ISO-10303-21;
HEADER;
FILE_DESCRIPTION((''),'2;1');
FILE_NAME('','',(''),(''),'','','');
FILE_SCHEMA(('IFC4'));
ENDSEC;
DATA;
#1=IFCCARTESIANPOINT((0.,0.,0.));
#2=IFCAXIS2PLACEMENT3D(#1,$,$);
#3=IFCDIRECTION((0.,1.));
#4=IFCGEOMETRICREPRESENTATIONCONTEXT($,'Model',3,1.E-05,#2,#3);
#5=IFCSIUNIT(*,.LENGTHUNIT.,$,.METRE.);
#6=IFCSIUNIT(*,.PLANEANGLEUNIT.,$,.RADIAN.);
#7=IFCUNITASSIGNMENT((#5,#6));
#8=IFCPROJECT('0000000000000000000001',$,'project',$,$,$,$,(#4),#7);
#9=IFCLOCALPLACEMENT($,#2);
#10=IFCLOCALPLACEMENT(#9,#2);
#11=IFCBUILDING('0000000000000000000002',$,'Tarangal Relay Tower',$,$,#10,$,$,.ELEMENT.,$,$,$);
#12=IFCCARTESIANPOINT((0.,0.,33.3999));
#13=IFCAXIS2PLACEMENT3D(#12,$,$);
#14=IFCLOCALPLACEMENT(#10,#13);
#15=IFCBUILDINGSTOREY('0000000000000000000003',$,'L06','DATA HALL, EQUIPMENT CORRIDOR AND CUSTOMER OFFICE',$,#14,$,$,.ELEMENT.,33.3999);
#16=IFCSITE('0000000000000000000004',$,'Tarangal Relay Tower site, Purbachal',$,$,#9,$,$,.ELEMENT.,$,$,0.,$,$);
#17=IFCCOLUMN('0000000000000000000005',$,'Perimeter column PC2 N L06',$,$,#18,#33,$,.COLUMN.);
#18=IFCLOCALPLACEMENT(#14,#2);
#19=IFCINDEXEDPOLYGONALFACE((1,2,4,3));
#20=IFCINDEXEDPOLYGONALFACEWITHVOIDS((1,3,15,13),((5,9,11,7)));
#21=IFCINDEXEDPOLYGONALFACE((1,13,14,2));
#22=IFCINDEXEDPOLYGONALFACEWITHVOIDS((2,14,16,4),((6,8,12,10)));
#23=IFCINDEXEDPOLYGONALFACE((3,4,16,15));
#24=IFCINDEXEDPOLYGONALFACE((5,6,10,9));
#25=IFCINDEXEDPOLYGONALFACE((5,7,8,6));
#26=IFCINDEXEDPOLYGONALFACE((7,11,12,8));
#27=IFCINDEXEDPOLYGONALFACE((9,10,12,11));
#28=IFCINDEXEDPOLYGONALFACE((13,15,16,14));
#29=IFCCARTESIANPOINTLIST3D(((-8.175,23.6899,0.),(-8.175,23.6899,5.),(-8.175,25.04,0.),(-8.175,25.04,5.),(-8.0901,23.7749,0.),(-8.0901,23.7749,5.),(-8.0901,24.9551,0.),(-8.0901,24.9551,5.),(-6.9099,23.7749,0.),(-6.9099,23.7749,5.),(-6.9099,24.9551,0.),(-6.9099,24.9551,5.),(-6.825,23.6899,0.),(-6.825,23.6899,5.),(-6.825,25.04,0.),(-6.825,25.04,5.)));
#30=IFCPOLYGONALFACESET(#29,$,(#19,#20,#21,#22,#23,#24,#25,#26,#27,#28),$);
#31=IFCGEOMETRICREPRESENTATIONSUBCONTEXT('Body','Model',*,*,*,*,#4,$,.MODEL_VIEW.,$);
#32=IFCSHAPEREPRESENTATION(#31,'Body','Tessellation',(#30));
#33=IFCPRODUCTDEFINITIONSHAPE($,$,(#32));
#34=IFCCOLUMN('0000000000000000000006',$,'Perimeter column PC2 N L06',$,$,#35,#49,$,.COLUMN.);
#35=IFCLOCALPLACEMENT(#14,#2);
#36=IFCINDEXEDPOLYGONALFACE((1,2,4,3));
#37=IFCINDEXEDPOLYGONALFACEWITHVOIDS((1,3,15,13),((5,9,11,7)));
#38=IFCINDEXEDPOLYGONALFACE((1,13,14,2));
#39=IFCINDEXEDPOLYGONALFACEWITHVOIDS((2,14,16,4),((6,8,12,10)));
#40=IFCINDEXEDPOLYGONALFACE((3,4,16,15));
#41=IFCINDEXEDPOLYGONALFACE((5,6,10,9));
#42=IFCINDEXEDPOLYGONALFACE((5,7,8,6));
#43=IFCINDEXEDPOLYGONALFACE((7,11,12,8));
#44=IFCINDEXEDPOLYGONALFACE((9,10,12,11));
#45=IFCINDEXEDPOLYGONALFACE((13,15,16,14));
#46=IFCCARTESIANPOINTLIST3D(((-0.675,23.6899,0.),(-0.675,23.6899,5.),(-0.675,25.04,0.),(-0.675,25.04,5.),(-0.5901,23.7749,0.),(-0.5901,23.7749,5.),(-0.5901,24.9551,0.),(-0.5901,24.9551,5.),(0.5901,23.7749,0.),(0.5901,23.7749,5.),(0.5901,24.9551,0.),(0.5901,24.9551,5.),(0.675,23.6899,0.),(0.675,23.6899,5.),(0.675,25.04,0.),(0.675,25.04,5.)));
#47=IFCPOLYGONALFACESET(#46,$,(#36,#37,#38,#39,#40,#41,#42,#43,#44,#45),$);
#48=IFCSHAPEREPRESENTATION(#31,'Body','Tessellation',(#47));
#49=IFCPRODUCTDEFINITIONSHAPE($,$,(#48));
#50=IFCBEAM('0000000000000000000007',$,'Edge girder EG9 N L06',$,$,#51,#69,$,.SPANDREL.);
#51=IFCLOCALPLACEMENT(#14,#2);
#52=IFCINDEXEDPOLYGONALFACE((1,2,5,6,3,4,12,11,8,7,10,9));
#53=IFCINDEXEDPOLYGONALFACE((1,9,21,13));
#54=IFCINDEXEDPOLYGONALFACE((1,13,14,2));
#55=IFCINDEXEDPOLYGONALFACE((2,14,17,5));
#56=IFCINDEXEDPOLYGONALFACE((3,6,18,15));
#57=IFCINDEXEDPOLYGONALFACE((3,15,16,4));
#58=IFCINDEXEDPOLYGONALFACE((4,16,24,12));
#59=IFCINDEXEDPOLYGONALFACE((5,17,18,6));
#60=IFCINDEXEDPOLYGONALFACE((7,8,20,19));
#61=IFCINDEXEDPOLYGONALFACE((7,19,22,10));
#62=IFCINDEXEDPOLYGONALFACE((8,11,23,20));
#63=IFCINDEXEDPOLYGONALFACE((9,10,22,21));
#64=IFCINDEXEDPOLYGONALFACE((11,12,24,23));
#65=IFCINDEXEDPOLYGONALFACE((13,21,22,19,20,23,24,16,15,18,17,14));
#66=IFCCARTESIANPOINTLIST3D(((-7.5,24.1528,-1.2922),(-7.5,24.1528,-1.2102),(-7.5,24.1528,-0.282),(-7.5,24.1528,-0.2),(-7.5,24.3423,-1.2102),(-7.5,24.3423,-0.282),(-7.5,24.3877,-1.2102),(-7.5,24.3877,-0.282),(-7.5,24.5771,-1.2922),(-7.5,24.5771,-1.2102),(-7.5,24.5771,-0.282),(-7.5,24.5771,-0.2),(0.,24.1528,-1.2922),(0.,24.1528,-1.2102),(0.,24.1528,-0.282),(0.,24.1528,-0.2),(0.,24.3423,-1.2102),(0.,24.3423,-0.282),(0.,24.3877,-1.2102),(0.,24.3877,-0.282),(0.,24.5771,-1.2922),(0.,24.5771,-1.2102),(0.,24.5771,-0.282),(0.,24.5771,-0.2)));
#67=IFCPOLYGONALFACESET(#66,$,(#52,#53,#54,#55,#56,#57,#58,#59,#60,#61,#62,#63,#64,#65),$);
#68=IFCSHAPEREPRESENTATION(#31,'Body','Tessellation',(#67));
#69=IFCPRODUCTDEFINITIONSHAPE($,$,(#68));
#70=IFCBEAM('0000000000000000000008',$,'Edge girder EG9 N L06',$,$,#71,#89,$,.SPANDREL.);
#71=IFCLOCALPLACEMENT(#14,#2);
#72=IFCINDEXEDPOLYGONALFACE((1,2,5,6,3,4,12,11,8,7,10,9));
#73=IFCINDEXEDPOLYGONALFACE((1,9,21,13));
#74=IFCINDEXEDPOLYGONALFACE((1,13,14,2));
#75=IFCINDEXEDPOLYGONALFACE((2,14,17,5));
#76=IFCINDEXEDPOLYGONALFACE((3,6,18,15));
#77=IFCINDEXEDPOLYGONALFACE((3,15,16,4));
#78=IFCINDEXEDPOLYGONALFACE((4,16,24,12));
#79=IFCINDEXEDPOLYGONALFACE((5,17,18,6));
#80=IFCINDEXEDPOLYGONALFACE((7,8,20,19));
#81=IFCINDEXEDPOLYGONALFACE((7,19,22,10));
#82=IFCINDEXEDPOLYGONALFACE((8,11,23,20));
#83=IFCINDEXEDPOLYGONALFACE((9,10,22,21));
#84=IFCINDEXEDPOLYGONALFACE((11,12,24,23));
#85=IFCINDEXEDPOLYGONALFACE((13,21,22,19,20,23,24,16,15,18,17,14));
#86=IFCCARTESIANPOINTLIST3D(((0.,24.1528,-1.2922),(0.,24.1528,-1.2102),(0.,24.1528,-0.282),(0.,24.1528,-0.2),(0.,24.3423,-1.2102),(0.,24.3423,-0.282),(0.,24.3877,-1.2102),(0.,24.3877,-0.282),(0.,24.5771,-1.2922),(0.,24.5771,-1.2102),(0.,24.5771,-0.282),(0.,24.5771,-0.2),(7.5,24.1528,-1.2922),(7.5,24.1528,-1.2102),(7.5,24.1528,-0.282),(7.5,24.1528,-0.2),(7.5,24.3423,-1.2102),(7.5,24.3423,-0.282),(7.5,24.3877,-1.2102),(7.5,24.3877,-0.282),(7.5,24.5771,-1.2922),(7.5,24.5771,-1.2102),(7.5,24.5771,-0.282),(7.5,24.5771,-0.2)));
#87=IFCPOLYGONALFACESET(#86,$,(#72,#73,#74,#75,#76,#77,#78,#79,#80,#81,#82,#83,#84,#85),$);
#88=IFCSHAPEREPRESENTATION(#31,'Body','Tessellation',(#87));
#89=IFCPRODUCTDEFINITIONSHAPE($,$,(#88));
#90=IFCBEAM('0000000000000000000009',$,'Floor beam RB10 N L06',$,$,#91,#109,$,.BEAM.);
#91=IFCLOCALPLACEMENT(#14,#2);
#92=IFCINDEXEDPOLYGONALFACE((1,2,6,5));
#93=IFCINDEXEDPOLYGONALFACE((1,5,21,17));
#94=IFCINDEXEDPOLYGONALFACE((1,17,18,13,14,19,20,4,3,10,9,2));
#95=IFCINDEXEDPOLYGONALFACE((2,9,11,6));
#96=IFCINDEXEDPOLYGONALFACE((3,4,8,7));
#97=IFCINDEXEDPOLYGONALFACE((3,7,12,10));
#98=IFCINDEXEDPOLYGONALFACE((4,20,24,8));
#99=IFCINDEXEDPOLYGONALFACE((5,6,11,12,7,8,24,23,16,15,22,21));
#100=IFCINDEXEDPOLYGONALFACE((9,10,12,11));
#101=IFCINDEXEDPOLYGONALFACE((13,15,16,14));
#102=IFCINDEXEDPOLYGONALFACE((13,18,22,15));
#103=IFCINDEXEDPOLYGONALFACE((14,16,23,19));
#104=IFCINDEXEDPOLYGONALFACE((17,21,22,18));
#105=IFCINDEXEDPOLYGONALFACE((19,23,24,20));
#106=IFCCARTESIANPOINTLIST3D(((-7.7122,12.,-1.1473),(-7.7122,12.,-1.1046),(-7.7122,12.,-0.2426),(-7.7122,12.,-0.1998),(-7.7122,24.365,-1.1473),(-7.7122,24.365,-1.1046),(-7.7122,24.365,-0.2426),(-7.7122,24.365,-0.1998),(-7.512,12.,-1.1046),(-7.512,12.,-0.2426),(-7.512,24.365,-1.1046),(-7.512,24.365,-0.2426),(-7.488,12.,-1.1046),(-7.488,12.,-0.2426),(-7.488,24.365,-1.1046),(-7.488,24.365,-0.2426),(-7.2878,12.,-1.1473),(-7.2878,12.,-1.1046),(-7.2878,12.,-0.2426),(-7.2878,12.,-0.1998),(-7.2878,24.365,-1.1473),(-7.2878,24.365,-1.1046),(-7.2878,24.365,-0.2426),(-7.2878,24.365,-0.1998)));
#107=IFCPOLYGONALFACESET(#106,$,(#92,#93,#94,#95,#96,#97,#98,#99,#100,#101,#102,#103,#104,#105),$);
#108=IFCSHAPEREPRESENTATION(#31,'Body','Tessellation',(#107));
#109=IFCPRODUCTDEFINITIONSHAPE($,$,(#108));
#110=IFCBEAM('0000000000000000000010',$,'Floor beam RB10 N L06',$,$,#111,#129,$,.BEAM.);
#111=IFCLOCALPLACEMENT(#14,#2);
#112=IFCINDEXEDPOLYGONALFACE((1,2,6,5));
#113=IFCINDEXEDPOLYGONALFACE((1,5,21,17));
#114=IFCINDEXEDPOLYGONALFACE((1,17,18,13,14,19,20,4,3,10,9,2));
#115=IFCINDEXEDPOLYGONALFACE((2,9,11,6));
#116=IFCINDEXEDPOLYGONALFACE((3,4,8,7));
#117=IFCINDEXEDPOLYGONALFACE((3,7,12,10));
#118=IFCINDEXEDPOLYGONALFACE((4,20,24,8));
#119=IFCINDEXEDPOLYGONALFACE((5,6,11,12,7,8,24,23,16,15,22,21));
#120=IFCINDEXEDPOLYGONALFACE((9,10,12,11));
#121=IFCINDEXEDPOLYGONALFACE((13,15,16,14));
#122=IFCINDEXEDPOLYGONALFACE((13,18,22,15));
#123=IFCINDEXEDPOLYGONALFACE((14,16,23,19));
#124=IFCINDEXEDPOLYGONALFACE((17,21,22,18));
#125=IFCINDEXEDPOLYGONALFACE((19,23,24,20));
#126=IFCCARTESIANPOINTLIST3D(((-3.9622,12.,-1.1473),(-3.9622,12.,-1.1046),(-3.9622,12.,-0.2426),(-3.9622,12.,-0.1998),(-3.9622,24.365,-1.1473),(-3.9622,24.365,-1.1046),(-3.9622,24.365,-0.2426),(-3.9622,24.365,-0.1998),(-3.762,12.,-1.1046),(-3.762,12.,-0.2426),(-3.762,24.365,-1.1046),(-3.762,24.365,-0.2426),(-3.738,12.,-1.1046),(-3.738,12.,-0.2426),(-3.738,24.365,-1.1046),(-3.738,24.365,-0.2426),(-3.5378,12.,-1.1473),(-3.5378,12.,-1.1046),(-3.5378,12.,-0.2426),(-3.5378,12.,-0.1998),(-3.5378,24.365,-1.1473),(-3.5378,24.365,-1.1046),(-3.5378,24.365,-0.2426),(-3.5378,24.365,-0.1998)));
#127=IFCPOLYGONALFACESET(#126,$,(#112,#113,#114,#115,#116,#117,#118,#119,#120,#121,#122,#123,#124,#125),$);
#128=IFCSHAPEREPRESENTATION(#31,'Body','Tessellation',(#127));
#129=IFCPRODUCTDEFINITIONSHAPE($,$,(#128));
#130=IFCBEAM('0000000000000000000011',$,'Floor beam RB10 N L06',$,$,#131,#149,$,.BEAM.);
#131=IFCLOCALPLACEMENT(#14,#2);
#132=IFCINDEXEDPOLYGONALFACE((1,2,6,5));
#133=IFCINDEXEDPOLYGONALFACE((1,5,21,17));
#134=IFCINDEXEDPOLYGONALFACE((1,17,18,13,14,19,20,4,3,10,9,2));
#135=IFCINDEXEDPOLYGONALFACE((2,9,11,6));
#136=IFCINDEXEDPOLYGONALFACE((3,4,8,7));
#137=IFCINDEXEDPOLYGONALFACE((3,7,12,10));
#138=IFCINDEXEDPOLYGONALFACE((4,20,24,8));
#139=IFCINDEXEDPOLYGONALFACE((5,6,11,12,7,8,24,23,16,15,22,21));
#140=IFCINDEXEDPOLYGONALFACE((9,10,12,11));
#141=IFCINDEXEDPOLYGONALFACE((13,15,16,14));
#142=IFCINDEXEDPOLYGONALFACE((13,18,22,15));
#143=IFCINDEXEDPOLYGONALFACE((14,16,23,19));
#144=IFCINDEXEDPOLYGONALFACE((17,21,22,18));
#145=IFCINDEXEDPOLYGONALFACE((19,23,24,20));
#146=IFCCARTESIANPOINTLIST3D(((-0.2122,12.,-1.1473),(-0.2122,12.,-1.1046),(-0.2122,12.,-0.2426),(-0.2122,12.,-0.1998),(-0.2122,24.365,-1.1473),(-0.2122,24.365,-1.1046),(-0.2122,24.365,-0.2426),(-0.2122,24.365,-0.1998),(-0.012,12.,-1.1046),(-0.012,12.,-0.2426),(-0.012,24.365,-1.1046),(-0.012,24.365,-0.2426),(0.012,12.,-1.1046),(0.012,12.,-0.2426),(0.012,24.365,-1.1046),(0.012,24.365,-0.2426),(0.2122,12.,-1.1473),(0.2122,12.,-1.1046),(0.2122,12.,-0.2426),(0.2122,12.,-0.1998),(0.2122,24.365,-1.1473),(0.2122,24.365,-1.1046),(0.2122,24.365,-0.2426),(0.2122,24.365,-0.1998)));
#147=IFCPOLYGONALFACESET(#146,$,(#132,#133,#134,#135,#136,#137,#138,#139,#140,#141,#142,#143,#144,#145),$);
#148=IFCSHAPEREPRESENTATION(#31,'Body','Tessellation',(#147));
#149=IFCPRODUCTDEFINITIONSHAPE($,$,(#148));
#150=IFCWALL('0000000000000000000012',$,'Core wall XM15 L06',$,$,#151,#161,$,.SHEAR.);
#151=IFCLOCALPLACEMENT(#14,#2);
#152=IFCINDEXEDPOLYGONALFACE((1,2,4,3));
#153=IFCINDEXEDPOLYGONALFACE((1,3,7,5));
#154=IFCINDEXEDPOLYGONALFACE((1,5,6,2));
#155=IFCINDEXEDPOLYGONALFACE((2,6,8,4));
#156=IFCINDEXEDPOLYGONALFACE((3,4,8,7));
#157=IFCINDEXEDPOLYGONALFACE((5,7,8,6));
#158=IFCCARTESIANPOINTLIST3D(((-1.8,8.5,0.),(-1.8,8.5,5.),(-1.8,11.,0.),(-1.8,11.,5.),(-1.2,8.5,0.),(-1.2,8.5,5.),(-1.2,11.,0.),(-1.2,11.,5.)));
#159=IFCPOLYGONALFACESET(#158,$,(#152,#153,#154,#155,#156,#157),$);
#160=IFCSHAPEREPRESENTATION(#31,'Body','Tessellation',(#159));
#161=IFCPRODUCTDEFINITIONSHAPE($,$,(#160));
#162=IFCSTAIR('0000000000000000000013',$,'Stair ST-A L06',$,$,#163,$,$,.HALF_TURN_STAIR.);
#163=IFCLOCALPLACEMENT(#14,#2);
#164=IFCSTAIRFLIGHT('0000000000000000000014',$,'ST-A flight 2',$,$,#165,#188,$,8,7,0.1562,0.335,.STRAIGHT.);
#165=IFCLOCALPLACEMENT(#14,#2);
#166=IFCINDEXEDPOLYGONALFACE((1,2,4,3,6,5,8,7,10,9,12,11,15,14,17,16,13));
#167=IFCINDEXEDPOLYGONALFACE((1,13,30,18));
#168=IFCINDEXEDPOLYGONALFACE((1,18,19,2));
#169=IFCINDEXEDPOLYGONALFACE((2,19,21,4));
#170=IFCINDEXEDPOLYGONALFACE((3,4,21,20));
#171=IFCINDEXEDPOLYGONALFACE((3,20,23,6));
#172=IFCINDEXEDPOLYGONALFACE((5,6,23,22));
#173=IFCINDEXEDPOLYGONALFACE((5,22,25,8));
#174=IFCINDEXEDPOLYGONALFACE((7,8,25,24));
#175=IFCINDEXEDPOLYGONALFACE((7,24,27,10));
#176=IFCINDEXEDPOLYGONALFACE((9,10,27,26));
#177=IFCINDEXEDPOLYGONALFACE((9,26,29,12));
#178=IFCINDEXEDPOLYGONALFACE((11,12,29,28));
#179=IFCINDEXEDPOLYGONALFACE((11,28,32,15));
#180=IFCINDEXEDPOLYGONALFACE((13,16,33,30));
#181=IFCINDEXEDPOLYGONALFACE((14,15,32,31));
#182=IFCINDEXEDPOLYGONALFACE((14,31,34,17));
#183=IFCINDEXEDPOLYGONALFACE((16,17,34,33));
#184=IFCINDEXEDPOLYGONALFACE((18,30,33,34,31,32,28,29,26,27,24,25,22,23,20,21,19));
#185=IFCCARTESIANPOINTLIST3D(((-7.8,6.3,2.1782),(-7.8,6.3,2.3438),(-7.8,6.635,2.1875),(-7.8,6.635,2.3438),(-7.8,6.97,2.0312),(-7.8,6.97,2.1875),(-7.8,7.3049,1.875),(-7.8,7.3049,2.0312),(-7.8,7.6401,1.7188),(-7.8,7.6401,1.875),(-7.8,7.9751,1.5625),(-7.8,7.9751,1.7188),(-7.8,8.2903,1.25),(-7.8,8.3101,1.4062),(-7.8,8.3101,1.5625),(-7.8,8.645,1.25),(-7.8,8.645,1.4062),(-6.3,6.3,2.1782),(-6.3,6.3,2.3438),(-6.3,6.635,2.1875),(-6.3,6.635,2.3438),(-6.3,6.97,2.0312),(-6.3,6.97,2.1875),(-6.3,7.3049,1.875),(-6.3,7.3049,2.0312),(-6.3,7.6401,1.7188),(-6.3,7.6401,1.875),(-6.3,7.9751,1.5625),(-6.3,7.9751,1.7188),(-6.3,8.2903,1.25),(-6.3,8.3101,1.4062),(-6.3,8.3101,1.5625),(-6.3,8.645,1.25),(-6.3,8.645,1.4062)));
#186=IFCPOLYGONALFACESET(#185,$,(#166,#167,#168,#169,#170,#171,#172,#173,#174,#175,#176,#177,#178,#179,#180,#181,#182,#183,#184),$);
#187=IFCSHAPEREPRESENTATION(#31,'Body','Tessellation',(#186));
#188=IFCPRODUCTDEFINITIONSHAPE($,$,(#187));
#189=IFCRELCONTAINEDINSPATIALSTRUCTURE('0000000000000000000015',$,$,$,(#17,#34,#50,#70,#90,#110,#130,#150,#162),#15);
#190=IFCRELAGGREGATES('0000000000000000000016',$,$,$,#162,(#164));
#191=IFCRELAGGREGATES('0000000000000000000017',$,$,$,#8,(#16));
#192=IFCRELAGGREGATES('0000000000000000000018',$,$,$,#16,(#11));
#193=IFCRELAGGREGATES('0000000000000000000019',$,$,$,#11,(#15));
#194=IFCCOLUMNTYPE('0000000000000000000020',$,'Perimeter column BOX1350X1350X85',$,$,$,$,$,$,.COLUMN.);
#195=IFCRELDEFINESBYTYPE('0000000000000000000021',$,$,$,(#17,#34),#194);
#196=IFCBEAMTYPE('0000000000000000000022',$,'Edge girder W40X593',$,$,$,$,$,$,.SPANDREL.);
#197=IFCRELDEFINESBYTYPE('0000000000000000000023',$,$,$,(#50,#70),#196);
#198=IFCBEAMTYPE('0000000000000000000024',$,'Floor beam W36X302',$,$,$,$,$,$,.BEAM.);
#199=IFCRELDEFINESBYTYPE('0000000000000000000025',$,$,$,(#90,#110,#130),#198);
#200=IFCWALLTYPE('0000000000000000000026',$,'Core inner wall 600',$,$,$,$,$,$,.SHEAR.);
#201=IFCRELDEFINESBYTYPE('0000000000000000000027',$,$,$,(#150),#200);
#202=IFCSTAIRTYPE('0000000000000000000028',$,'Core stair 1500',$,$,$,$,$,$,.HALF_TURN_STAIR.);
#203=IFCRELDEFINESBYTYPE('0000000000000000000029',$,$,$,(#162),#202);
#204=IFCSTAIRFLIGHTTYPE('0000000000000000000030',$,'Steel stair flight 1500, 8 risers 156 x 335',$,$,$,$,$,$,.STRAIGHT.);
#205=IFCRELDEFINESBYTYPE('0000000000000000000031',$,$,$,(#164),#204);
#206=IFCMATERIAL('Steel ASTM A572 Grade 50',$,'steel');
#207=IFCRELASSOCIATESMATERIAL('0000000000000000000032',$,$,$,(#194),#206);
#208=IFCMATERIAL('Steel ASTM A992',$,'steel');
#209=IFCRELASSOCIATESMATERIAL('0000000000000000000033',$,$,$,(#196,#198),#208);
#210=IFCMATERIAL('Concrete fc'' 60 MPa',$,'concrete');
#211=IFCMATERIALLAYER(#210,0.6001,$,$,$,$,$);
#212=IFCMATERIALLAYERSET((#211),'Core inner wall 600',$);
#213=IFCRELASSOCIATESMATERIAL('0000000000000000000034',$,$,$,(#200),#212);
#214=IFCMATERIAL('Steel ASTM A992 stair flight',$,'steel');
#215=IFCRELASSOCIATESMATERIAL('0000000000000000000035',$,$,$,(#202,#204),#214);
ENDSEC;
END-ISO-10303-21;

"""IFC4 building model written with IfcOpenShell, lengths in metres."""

from ifc_helpers import new_model, si_unit, direction, frame, frame_2d, origin, origin_2d, place, context, subcontext, project, spatial, polyline, rectangle, hollow_rectangle, i_section, outline, extrude, material, layer, layer_set, material_profile, profile_set, type_object, element, aggregate, save


model = new_model("IFC4")

# Units and contexts
model_context = context("Model", 3, precision=1e-05, world=origin(), true_north=direction((0.0, 1.0)))
body_context = subcontext(model_context, "Body", "Model", "MODEL_VIEW")
ifc_project = project(units=[si_unit("LENGTHUNIT", "METRE"), si_unit("PLANEANGLEUNIT", "RADIAN")], contexts=[model_context])

# Site, building, storey
site_placement = place(None, origin())
site = spatial("IfcSite", under=ifc_project, at=site_placement, Name="Tarangal Relay Tower site, Purbachal", CompositionType="ELEMENT", RefElevation=0.0)
building_placement = place(site_placement, origin())
building = spatial("IfcBuilding", under=site, at=building_placement, Name="Tarangal Relay Tower", CompositionType="ELEMENT")
storey_placement = place(building_placement, frame((0.0, 0.0, 33.3999)))
storey = spatial("IfcBuildingStorey", under=building, at=storey_placement, Name="L06", Description="DATA HALL, EQUIPMENT CORRIDOR AND CUSTOMER OFFICE", CompositionType="ELEMENT", Elevation=33.3999)

# Columns
ifc_material_1 = material(Name="Steel ASTM A572 Grade 50", Category="steel")
ifc_material_profile_1 = material_profile(ifc_material_1, hollow_rectangle(XDim=1.3501, YDim=1.3501, WallThickness=0.085, at=origin_2d()), Name="BOX1350X1350X85")
ifc_profile_set_1 = profile_set([ifc_material_profile_1], Name="Steel ASTM A572 Grade 50")
column_type = type_object("IfcColumnType", Name="Perimeter column BOX1350X1350X85", PredefinedType="COLUMN", material=ifc_profile_set_1)
for number, where, z_axis, x_axis, name in (
    (1, (-7.5, 24.365, 0.0), (0.0, 0.0, 1.0), (1.0, 0.0, 0.0), "Perimeter column PC2 N L06"),
    (2, (0.0, 24.365, 0.0), (0.0, 0.0, 1.0), (1.0, 0.0, 0.0), "Perimeter column PC2 N L06"),
):
    element("IfcColumn", number, at=place(storey_placement, frame(where, z_axis=z_axis, x_axis=x_axis)), inside=storey, type_object=column_type, Name=name, PredefinedType="COLUMN", context=body_context, shape_type="SweptSolid", body=[
        extrude(hollow_rectangle(XDim=1.3501, YDim=1.3501, WallThickness=0.085, at=origin_2d()), origin(), (0.0, 0.0, 1.0), 5.0),
    ])

# Beams
ifc_material_2 = material(Name="Steel ASTM A992", Category="steel")
ifc_material_profile_2 = material_profile(ifc_material_2, i_section(OverallWidth=0.4243, OverallDepth=1.0923, WebThickness=0.0454, FlangeThickness=0.082, at=origin_2d()), Name="W40X593")
ifc_profile_set_2 = profile_set([ifc_material_profile_2], Name="Steel ASTM A992")
beam_type_1 = type_object("IfcBeamType", Name="Edge girder W40X593", PredefinedType="SPANDREL", material=ifc_profile_set_2)
for number, where, z_axis, x_axis, name in (
    (3, (-7.5, 24.365, -0.7461), (1.0, 0.0, 0.0), (0.0, 1.0, 0.0), "Edge girder EG9 N L06"),
    (4, (0.0, 24.365, -0.7461), (1.0, 0.0, 0.0), (0.0, 1.0, 0.0), "Edge girder EG9 N L06"),
):
    element("IfcBeam", number, at=place(storey_placement, frame(where, z_axis=z_axis, x_axis=x_axis)), inside=storey, type_object=beam_type_1, Name=name, PredefinedType="SPANDREL", context=body_context, shape_type="SweptSolid", body=[
        extrude(i_section(OverallWidth=0.4243, OverallDepth=1.0923, WebThickness=0.0454, FlangeThickness=0.082, at=origin_2d()), origin(), (0.0, 0.0, 1.0), 7.5),
    ])
ifc_material_profile_3 = material_profile(ifc_material_2, i_section(OverallWidth=0.4243, OverallDepth=0.9475, WebThickness=0.0239, FlangeThickness=0.0427, at=origin_2d()), Name="W36X302")
ifc_profile_set_3 = profile_set([ifc_material_profile_3], Name="Steel ASTM A992")
beam_type_2 = type_object("IfcBeamType", Name="Floor beam W36X302", PredefinedType="BEAM", material=ifc_profile_set_3)
for number, where, z_axis, x_axis, name in (
    (5, (-7.5, 12.0, -0.6736), (0.0, 1.0, 0.0), (-1.0, 0.0, 0.0), "Floor beam RB10 N L06"),
    (6, (-3.75, 12.0, -0.6736), (0.0, 1.0, 0.0), (-1.0, 0.0, 0.0), "Floor beam RB10 N L06"),
    (7, (0.0, 12.0, -0.6736), (0.0, 1.0, 0.0), (-1.0, 0.0, 0.0), "Floor beam RB10 N L06"),
):
    element("IfcBeam", number, at=place(storey_placement, frame(where, z_axis=z_axis, x_axis=x_axis)), inside=storey, type_object=beam_type_2, Name=name, PredefinedType="BEAM", context=body_context, shape_type="SweptSolid", body=[
        extrude(i_section(OverallWidth=0.4243, OverallDepth=0.9475, WebThickness=0.0239, FlangeThickness=0.0427, at=origin_2d()), origin(), (0.0, 0.0, 1.0), 12.365),
    ])

# Wall
ifc_material_3 = material(Name="Concrete fc' 60 MPa", Category="concrete")
ifc_layer = layer(ifc_material_3, 0.6001)
ifc_layer_set = layer_set([ifc_layer], Name="Core inner wall 600")
wall_type = type_object("IfcWallType", Name="Core inner wall 600", PredefinedType="SHEAR", material=ifc_layer_set)
wall_placement = place(storey_placement, frame((-1.5, 8.5, 0.0), z_axis=(0.0, 0.0, 1.0), x_axis=(0.0, 1.0, 0.0)))
element("IfcWall", 8, at=wall_placement, inside=storey, type_object=wall_type, Name="Core wall XM15 L06", PredefinedType="SHEAR", context=body_context, shape_type="SweptSolid", body=[
    extrude(rectangle(XDim=2.5, YDim=0.6001, at=frame_2d((1.25, 0.0))), origin(), (0.0, 0.0, 1.0), 5.0),
])

# Stair, stair flight
ifc_material_4 = material(Name="Steel ASTM A992 stair flight", Category="steel")
stair_type = type_object("IfcStairType", Name="Core stair 1500", PredefinedType="HALF_TURN_STAIR", material=ifc_material_4)
stair_placement = place(storey_placement, origin())
stair = element("IfcStair", 9, at=stair_placement, inside=storey, type_object=stair_type, Name="Stair ST-A L06", PredefinedType="HALF_TURN_STAIR")
stair_flight_type = type_object("IfcStairFlightType", Name="Steel stair flight 1500, 8 risers 156 x 335", PredefinedType="STRAIGHT", material=ifc_material_4)
stair_flight_1_placement = place(storey_placement, frame((-7.05, 8.645, 1.25), z_axis=(0.0, 0.0, 1.0), x_axis=(0.0, -1.0, 0.0)))
stair_flight_1 = element("IfcStairFlight", 10, at=stair_flight_1_placement, type_object=stair_flight_type, Name="ST-A flight 2", NumberOfRisers=8, NumberOfTreads=7, PredefinedType="STRAIGHT", RiserHeight=0.1562, TreadLength=0.335, context=body_context, shape_type="SweptSolid", body=[
    extrude(outline(polyline([(0.0, 0.0), (0.0, 0.1562), (0.335, 0.1562), (0.335, 0.3125), (0.6699, 0.3125), (0.6699, 0.4688), (1.0049, 0.4688), (1.0049, 0.625), (1.3401, 0.625), (1.3401, 0.7812), (1.675, 0.7812), (1.675, 0.9375), (2.01, 0.9375), (2.01, 1.0938), (2.345, 1.0938), (2.345, 1.25), (2.345, 0.9282), (0.3547, 0.0), (0.0, 0.0)])), frame((0.0, 0.75, 0.0), z_axis=(0.0, -1.0, 0.0), x_axis=(1.0, 0.0, 0.0)), (0.0, 0.0, 1.0), 1.5),
])
aggregate(stair, [stair_flight_1])

save(model, "model.ifc")
